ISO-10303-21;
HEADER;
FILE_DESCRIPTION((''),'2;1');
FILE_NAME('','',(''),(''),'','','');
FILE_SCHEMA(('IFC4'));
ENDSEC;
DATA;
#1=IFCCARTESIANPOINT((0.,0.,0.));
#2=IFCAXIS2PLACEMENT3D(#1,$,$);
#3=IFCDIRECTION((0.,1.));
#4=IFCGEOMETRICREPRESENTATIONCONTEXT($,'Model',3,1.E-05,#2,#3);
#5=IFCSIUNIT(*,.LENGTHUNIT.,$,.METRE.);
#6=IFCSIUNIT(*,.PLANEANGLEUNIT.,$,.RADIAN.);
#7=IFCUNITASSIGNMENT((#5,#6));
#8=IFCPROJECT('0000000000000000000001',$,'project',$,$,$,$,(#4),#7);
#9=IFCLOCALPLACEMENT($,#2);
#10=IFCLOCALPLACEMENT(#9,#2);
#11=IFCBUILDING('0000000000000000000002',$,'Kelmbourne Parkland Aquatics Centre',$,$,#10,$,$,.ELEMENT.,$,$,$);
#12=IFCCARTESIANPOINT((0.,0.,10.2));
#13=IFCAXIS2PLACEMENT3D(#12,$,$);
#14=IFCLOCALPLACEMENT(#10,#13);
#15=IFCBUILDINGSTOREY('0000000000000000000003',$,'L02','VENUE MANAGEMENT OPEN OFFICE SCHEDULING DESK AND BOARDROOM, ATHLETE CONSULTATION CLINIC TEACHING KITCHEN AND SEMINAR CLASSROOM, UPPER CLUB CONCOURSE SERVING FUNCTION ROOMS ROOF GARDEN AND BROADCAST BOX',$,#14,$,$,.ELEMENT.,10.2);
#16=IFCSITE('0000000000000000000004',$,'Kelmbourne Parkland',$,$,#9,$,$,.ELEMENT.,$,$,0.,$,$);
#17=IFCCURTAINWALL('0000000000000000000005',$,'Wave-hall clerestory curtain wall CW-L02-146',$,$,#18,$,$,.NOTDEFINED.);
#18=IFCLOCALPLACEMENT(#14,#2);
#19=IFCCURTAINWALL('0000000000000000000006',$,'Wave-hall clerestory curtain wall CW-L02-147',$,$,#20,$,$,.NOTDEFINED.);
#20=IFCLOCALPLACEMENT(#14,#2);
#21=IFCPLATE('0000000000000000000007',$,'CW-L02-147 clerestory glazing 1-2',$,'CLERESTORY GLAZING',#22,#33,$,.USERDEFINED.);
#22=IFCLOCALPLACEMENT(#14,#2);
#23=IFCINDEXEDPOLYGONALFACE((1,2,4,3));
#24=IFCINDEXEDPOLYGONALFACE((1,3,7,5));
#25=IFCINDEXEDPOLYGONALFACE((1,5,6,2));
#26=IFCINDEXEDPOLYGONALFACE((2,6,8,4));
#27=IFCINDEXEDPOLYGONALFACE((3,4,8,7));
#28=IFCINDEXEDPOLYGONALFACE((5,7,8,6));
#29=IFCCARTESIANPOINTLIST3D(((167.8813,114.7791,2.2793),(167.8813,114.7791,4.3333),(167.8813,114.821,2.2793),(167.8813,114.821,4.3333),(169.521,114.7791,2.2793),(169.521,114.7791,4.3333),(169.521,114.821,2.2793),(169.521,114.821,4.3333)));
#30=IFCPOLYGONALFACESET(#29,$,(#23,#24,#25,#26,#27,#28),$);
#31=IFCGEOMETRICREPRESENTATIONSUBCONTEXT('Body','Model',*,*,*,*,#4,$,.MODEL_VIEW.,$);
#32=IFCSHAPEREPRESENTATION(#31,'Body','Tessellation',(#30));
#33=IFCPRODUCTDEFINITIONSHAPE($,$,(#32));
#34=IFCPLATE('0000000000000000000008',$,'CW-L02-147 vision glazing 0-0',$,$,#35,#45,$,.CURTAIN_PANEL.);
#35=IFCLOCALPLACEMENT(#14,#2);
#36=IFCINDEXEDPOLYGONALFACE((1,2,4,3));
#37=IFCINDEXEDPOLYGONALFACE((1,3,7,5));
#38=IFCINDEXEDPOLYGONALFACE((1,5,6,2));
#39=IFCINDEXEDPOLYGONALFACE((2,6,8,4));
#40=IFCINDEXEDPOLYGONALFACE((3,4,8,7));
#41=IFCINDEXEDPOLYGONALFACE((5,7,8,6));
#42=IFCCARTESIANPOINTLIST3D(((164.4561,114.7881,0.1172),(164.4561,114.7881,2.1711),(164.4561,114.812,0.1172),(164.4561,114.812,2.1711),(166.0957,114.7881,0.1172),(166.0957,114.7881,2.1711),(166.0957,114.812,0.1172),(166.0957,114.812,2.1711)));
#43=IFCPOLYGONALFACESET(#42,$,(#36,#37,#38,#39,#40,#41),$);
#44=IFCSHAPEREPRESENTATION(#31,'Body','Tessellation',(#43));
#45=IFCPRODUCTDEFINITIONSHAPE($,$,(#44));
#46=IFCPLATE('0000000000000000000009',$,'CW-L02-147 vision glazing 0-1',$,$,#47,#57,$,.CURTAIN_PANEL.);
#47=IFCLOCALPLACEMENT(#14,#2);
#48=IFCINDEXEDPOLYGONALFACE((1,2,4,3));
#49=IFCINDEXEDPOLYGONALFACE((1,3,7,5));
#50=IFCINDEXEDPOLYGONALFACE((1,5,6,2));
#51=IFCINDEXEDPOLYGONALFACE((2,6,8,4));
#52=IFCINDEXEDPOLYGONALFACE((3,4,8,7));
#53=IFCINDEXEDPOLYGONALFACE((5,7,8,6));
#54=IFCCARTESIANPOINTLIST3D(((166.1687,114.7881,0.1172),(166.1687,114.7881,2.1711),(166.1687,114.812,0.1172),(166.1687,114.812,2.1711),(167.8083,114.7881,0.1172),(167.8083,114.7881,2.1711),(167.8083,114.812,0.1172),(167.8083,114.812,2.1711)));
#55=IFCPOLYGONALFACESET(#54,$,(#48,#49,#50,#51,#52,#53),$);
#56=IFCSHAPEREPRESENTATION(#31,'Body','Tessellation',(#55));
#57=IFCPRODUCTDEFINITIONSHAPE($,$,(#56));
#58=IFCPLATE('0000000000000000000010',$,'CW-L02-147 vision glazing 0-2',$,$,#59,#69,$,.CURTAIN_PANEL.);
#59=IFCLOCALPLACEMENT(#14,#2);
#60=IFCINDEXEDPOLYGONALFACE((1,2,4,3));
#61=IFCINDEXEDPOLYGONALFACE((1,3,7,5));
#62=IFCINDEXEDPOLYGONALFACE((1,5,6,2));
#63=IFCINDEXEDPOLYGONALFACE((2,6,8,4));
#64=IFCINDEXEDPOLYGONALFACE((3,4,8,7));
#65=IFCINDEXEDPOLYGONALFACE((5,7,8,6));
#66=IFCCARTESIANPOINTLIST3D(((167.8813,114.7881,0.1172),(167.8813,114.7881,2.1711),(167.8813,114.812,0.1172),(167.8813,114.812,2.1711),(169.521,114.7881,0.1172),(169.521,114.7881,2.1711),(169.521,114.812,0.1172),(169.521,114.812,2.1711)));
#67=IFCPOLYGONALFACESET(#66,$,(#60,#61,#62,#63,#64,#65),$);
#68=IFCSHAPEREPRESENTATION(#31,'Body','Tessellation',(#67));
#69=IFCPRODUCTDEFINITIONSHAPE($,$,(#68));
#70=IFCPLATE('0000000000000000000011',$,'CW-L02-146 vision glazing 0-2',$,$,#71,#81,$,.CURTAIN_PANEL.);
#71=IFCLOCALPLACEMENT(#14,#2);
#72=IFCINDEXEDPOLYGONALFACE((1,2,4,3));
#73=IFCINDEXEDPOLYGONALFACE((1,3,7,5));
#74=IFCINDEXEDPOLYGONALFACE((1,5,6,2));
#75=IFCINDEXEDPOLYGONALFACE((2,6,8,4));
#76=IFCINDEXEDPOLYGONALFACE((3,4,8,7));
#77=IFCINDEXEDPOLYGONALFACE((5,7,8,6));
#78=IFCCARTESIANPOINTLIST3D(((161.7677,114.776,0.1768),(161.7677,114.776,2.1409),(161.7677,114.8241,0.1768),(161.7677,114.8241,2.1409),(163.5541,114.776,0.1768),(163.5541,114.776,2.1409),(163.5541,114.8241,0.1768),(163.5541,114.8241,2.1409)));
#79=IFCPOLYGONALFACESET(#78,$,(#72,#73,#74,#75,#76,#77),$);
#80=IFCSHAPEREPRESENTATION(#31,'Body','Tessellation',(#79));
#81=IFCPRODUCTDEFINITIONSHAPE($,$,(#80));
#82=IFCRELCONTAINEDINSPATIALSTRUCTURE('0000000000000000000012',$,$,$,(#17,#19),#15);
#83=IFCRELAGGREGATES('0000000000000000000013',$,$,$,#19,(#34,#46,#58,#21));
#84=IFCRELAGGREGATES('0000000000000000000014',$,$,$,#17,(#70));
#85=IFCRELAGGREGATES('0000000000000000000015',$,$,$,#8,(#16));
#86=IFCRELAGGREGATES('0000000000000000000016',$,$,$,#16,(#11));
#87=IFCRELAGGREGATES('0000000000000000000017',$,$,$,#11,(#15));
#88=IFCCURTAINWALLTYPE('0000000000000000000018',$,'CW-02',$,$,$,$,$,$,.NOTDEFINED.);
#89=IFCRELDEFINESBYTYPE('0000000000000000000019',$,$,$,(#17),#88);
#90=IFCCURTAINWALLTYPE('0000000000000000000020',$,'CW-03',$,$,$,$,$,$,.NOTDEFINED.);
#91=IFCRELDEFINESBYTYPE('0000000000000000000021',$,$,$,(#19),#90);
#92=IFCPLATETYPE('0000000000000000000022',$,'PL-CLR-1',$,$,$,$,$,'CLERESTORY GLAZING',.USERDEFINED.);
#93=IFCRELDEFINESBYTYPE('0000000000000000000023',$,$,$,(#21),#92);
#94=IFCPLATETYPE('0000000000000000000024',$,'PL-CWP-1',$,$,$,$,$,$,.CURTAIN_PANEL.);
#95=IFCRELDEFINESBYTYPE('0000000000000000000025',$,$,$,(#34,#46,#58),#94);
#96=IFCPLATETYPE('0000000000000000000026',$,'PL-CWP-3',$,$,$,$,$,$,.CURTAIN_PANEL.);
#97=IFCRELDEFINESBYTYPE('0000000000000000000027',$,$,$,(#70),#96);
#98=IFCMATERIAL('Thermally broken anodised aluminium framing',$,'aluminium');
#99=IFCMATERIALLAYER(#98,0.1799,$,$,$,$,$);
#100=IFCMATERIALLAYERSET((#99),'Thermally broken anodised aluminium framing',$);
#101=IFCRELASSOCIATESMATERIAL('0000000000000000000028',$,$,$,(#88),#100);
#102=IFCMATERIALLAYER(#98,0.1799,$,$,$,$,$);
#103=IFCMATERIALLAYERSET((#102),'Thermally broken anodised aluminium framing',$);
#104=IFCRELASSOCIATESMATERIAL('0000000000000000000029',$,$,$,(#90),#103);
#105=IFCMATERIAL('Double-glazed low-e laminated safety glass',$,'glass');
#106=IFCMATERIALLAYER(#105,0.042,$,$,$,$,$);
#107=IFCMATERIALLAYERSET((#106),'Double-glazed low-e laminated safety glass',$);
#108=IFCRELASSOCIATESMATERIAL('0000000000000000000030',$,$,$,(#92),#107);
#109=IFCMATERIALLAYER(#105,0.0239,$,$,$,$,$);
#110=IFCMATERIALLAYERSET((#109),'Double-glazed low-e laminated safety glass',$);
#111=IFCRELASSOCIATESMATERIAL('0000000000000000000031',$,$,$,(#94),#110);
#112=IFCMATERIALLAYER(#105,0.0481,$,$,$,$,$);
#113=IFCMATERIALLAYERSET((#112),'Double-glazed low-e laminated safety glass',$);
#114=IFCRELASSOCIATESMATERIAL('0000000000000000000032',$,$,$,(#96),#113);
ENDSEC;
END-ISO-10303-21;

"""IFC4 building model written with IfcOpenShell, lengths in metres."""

from ifc_helpers import new_model, si_unit, direction, frame, origin, origin_2d, place, context, subcontext, project, spatial, rectangle, extrude, material, layer, layer_set, type_object, element, aggregate, save


model = new_model("IFC4")

# Units and contexts
model_context = context("Model", 3, precision=1e-05, world=origin(), true_north=direction((0.0, 1.0)))
body_context = subcontext(model_context, "Body", "Model", "MODEL_VIEW")
ifc_project = project(units=[si_unit("LENGTHUNIT", "METRE"), si_unit("PLANEANGLEUNIT", "RADIAN")], contexts=[model_context])

# Site, building, storey
site_placement = place(None, origin())
site = spatial("IfcSite", under=ifc_project, at=site_placement, Name="Kelmbourne Parkland", CompositionType="ELEMENT", RefElevation=0.0)
building_placement = place(site_placement, origin())
building = spatial("IfcBuilding", under=site, at=building_placement, Name="Kelmbourne Parkland Aquatics Centre", CompositionType="ELEMENT")
storey_placement = place(building_placement, frame((0.0, 0.0, 10.2)))
storey = spatial("IfcBuildingStorey", under=building, at=storey_placement, Name="L02", Description="VENUE MANAGEMENT OPEN OFFICE SCHEDULING DESK AND BOARDROOM, ATHLETE CONSULTATION CLINIC TEACHING KITCHEN AND SEMINAR CLASSROOM, UPPER CLUB CONCOURSE SERVING FUNCTION ROOMS ROOF GARDEN AND BROADCAST BOX", CompositionType="ELEMENT", Elevation=10.2)

# Curtain walls
ifc_material_1 = material(Name="Thermally broken anodised aluminium framing", Category="aluminium")
ifc_layer_1 = layer(ifc_material_1, 0.1799)
ifc_layer_set_1 = layer_set([ifc_layer_1], Name="Thermally broken anodised aluminium framing")
curtain_wall_type_1 = type_object("IfcCurtainWallType", Name="CW-02", PredefinedType="NOTDEFINED", material=ifc_layer_set_1)
curtain_wall_1_placement = place(storey_placement, origin())
curtain_wall_1 = element("IfcCurtainWall", 1, at=curtain_wall_1_placement, inside=storey, type_object=curtain_wall_type_1, Name="Wave-hall clerestory curtain wall CW-L02-146", PredefinedType="NOTDEFINED")
ifc_layer_2 = layer(ifc_material_1, 0.1799)
ifc_layer_set_2 = layer_set([ifc_layer_2], Name="Thermally broken anodised aluminium framing")
curtain_wall_type_2 = type_object("IfcCurtainWallType", Name="CW-03", PredefinedType="NOTDEFINED", material=ifc_layer_set_2)
curtain_wall_2_placement = place(storey_placement, origin())
curtain_wall_2 = element("IfcCurtainWall", 2, at=curtain_wall_2_placement, inside=storey, type_object=curtain_wall_type_2, Name="Wave-hall clerestory curtain wall CW-L02-147", PredefinedType="NOTDEFINED")

# Plates
ifc_material_2 = material(Name="Double-glazed low-e laminated safety glass", Category="glass")
ifc_layer_3 = layer(ifc_material_2, 0.042)
ifc_layer_set_3 = layer_set([ifc_layer_3], Name="Double-glazed low-e laminated safety glass")
plate_type_1 = type_object("IfcPlateType", Name="PL-CLR-1", ElementType="CLERESTORY GLAZING", PredefinedType="USERDEFINED", material=ifc_layer_set_3)
plate_1_placement = place(storey_placement, frame((168.7012, 114.8, 2.2793), z_axis=(0.0, 0.0, 1.0), x_axis=(1.0, 0.0, 0.0)))
plate_1 = element("IfcPlate", 3, at=plate_1_placement, type_object=plate_type_1, Name="CW-L02-147 clerestory glazing 1-2", ObjectType="CLERESTORY GLAZING", PredefinedType="USERDEFINED", context=body_context, shape_type="SweptSolid", body=[
    extrude(rectangle(XDim=1.6396, YDim=0.042, at=origin_2d()), origin(), (0.0, 0.0, 1.0), 2.054),
])
ifc_layer_4 = layer(ifc_material_2, 0.0239)
ifc_layer_set_4 = layer_set([ifc_layer_4], Name="Double-glazed low-e laminated safety glass")
plate_type_2 = type_object("IfcPlateType", Name="PL-CWP-1", PredefinedType="CURTAIN_PANEL", material=ifc_layer_set_4)
plate_2_placement = place(storey_placement, frame((165.2759, 114.8, 0.1172), z_axis=(0.0, 0.0, 1.0), x_axis=(1.0, 0.0, 0.0)))
plate_2 = element("IfcPlate", 4, at=plate_2_placement, type_object=plate_type_2, Name="CW-L02-147 vision glazing 0-0", PredefinedType="CURTAIN_PANEL", context=body_context, shape_type="SweptSolid", body=[
    extrude(rectangle(XDim=1.6396, YDim=0.0239, at=origin_2d()), origin(), (0.0, 0.0, 1.0), 2.054),
])
plate_3_placement = place(storey_placement, frame((166.9885, 114.8, 0.1172), z_axis=(0.0, 0.0, 1.0), x_axis=(1.0, 0.0, 0.0)))
plate_3 = element("IfcPlate", 5, at=plate_3_placement, type_object=plate_type_2, Name="CW-L02-147 vision glazing 0-1", PredefinedType="CURTAIN_PANEL", context=body_context, shape_type="SweptSolid", body=[
    extrude(rectangle(XDim=1.6396, YDim=0.0239, at=origin_2d()), origin(), (0.0, 0.0, 1.0), 2.054),
])
plate_4_placement = place(storey_placement, frame((168.7012, 114.8, 0.1172), z_axis=(0.0, 0.0, 1.0), x_axis=(1.0, 0.0, 0.0)))
plate_4 = element("IfcPlate", 6, at=plate_4_placement, type_object=plate_type_2, Name="CW-L02-147 vision glazing 0-2", PredefinedType="CURTAIN_PANEL", context=body_context, shape_type="SweptSolid", body=[
    extrude(rectangle(XDim=1.6396, YDim=0.0239, at=origin_2d()), origin(), (0.0, 0.0, 1.0), 2.054),
])
aggregate(curtain_wall_2, [plate_2, plate_3, plate_4, plate_1])
ifc_layer_5 = layer(ifc_material_2, 0.0481)
ifc_layer_set_5 = layer_set([ifc_layer_5], Name="Double-glazed low-e laminated safety glass")
plate_type_3 = type_object("IfcPlateType", Name="PL-CWP-3", PredefinedType="CURTAIN_PANEL", material=ifc_layer_set_5)
plate_5_placement = place(storey_placement, frame((162.6609, 114.8, 0.1768), z_axis=(0.0, 0.0, 1.0), x_axis=(1.0, 0.0, 0.0)))
plate_5 = element("IfcPlate", 7, at=plate_5_placement, type_object=plate_type_3, Name="CW-L02-146 vision glazing 0-2", PredefinedType="CURTAIN_PANEL", context=body_context, shape_type="SweptSolid", body=[
    extrude(rectangle(XDim=1.7864, YDim=0.0481, at=origin_2d()), origin(), (0.0, 0.0, 1.0), 1.9641),
])
aggregate(curtain_wall_1, [plate_5])

save(model, "model.ifc")
